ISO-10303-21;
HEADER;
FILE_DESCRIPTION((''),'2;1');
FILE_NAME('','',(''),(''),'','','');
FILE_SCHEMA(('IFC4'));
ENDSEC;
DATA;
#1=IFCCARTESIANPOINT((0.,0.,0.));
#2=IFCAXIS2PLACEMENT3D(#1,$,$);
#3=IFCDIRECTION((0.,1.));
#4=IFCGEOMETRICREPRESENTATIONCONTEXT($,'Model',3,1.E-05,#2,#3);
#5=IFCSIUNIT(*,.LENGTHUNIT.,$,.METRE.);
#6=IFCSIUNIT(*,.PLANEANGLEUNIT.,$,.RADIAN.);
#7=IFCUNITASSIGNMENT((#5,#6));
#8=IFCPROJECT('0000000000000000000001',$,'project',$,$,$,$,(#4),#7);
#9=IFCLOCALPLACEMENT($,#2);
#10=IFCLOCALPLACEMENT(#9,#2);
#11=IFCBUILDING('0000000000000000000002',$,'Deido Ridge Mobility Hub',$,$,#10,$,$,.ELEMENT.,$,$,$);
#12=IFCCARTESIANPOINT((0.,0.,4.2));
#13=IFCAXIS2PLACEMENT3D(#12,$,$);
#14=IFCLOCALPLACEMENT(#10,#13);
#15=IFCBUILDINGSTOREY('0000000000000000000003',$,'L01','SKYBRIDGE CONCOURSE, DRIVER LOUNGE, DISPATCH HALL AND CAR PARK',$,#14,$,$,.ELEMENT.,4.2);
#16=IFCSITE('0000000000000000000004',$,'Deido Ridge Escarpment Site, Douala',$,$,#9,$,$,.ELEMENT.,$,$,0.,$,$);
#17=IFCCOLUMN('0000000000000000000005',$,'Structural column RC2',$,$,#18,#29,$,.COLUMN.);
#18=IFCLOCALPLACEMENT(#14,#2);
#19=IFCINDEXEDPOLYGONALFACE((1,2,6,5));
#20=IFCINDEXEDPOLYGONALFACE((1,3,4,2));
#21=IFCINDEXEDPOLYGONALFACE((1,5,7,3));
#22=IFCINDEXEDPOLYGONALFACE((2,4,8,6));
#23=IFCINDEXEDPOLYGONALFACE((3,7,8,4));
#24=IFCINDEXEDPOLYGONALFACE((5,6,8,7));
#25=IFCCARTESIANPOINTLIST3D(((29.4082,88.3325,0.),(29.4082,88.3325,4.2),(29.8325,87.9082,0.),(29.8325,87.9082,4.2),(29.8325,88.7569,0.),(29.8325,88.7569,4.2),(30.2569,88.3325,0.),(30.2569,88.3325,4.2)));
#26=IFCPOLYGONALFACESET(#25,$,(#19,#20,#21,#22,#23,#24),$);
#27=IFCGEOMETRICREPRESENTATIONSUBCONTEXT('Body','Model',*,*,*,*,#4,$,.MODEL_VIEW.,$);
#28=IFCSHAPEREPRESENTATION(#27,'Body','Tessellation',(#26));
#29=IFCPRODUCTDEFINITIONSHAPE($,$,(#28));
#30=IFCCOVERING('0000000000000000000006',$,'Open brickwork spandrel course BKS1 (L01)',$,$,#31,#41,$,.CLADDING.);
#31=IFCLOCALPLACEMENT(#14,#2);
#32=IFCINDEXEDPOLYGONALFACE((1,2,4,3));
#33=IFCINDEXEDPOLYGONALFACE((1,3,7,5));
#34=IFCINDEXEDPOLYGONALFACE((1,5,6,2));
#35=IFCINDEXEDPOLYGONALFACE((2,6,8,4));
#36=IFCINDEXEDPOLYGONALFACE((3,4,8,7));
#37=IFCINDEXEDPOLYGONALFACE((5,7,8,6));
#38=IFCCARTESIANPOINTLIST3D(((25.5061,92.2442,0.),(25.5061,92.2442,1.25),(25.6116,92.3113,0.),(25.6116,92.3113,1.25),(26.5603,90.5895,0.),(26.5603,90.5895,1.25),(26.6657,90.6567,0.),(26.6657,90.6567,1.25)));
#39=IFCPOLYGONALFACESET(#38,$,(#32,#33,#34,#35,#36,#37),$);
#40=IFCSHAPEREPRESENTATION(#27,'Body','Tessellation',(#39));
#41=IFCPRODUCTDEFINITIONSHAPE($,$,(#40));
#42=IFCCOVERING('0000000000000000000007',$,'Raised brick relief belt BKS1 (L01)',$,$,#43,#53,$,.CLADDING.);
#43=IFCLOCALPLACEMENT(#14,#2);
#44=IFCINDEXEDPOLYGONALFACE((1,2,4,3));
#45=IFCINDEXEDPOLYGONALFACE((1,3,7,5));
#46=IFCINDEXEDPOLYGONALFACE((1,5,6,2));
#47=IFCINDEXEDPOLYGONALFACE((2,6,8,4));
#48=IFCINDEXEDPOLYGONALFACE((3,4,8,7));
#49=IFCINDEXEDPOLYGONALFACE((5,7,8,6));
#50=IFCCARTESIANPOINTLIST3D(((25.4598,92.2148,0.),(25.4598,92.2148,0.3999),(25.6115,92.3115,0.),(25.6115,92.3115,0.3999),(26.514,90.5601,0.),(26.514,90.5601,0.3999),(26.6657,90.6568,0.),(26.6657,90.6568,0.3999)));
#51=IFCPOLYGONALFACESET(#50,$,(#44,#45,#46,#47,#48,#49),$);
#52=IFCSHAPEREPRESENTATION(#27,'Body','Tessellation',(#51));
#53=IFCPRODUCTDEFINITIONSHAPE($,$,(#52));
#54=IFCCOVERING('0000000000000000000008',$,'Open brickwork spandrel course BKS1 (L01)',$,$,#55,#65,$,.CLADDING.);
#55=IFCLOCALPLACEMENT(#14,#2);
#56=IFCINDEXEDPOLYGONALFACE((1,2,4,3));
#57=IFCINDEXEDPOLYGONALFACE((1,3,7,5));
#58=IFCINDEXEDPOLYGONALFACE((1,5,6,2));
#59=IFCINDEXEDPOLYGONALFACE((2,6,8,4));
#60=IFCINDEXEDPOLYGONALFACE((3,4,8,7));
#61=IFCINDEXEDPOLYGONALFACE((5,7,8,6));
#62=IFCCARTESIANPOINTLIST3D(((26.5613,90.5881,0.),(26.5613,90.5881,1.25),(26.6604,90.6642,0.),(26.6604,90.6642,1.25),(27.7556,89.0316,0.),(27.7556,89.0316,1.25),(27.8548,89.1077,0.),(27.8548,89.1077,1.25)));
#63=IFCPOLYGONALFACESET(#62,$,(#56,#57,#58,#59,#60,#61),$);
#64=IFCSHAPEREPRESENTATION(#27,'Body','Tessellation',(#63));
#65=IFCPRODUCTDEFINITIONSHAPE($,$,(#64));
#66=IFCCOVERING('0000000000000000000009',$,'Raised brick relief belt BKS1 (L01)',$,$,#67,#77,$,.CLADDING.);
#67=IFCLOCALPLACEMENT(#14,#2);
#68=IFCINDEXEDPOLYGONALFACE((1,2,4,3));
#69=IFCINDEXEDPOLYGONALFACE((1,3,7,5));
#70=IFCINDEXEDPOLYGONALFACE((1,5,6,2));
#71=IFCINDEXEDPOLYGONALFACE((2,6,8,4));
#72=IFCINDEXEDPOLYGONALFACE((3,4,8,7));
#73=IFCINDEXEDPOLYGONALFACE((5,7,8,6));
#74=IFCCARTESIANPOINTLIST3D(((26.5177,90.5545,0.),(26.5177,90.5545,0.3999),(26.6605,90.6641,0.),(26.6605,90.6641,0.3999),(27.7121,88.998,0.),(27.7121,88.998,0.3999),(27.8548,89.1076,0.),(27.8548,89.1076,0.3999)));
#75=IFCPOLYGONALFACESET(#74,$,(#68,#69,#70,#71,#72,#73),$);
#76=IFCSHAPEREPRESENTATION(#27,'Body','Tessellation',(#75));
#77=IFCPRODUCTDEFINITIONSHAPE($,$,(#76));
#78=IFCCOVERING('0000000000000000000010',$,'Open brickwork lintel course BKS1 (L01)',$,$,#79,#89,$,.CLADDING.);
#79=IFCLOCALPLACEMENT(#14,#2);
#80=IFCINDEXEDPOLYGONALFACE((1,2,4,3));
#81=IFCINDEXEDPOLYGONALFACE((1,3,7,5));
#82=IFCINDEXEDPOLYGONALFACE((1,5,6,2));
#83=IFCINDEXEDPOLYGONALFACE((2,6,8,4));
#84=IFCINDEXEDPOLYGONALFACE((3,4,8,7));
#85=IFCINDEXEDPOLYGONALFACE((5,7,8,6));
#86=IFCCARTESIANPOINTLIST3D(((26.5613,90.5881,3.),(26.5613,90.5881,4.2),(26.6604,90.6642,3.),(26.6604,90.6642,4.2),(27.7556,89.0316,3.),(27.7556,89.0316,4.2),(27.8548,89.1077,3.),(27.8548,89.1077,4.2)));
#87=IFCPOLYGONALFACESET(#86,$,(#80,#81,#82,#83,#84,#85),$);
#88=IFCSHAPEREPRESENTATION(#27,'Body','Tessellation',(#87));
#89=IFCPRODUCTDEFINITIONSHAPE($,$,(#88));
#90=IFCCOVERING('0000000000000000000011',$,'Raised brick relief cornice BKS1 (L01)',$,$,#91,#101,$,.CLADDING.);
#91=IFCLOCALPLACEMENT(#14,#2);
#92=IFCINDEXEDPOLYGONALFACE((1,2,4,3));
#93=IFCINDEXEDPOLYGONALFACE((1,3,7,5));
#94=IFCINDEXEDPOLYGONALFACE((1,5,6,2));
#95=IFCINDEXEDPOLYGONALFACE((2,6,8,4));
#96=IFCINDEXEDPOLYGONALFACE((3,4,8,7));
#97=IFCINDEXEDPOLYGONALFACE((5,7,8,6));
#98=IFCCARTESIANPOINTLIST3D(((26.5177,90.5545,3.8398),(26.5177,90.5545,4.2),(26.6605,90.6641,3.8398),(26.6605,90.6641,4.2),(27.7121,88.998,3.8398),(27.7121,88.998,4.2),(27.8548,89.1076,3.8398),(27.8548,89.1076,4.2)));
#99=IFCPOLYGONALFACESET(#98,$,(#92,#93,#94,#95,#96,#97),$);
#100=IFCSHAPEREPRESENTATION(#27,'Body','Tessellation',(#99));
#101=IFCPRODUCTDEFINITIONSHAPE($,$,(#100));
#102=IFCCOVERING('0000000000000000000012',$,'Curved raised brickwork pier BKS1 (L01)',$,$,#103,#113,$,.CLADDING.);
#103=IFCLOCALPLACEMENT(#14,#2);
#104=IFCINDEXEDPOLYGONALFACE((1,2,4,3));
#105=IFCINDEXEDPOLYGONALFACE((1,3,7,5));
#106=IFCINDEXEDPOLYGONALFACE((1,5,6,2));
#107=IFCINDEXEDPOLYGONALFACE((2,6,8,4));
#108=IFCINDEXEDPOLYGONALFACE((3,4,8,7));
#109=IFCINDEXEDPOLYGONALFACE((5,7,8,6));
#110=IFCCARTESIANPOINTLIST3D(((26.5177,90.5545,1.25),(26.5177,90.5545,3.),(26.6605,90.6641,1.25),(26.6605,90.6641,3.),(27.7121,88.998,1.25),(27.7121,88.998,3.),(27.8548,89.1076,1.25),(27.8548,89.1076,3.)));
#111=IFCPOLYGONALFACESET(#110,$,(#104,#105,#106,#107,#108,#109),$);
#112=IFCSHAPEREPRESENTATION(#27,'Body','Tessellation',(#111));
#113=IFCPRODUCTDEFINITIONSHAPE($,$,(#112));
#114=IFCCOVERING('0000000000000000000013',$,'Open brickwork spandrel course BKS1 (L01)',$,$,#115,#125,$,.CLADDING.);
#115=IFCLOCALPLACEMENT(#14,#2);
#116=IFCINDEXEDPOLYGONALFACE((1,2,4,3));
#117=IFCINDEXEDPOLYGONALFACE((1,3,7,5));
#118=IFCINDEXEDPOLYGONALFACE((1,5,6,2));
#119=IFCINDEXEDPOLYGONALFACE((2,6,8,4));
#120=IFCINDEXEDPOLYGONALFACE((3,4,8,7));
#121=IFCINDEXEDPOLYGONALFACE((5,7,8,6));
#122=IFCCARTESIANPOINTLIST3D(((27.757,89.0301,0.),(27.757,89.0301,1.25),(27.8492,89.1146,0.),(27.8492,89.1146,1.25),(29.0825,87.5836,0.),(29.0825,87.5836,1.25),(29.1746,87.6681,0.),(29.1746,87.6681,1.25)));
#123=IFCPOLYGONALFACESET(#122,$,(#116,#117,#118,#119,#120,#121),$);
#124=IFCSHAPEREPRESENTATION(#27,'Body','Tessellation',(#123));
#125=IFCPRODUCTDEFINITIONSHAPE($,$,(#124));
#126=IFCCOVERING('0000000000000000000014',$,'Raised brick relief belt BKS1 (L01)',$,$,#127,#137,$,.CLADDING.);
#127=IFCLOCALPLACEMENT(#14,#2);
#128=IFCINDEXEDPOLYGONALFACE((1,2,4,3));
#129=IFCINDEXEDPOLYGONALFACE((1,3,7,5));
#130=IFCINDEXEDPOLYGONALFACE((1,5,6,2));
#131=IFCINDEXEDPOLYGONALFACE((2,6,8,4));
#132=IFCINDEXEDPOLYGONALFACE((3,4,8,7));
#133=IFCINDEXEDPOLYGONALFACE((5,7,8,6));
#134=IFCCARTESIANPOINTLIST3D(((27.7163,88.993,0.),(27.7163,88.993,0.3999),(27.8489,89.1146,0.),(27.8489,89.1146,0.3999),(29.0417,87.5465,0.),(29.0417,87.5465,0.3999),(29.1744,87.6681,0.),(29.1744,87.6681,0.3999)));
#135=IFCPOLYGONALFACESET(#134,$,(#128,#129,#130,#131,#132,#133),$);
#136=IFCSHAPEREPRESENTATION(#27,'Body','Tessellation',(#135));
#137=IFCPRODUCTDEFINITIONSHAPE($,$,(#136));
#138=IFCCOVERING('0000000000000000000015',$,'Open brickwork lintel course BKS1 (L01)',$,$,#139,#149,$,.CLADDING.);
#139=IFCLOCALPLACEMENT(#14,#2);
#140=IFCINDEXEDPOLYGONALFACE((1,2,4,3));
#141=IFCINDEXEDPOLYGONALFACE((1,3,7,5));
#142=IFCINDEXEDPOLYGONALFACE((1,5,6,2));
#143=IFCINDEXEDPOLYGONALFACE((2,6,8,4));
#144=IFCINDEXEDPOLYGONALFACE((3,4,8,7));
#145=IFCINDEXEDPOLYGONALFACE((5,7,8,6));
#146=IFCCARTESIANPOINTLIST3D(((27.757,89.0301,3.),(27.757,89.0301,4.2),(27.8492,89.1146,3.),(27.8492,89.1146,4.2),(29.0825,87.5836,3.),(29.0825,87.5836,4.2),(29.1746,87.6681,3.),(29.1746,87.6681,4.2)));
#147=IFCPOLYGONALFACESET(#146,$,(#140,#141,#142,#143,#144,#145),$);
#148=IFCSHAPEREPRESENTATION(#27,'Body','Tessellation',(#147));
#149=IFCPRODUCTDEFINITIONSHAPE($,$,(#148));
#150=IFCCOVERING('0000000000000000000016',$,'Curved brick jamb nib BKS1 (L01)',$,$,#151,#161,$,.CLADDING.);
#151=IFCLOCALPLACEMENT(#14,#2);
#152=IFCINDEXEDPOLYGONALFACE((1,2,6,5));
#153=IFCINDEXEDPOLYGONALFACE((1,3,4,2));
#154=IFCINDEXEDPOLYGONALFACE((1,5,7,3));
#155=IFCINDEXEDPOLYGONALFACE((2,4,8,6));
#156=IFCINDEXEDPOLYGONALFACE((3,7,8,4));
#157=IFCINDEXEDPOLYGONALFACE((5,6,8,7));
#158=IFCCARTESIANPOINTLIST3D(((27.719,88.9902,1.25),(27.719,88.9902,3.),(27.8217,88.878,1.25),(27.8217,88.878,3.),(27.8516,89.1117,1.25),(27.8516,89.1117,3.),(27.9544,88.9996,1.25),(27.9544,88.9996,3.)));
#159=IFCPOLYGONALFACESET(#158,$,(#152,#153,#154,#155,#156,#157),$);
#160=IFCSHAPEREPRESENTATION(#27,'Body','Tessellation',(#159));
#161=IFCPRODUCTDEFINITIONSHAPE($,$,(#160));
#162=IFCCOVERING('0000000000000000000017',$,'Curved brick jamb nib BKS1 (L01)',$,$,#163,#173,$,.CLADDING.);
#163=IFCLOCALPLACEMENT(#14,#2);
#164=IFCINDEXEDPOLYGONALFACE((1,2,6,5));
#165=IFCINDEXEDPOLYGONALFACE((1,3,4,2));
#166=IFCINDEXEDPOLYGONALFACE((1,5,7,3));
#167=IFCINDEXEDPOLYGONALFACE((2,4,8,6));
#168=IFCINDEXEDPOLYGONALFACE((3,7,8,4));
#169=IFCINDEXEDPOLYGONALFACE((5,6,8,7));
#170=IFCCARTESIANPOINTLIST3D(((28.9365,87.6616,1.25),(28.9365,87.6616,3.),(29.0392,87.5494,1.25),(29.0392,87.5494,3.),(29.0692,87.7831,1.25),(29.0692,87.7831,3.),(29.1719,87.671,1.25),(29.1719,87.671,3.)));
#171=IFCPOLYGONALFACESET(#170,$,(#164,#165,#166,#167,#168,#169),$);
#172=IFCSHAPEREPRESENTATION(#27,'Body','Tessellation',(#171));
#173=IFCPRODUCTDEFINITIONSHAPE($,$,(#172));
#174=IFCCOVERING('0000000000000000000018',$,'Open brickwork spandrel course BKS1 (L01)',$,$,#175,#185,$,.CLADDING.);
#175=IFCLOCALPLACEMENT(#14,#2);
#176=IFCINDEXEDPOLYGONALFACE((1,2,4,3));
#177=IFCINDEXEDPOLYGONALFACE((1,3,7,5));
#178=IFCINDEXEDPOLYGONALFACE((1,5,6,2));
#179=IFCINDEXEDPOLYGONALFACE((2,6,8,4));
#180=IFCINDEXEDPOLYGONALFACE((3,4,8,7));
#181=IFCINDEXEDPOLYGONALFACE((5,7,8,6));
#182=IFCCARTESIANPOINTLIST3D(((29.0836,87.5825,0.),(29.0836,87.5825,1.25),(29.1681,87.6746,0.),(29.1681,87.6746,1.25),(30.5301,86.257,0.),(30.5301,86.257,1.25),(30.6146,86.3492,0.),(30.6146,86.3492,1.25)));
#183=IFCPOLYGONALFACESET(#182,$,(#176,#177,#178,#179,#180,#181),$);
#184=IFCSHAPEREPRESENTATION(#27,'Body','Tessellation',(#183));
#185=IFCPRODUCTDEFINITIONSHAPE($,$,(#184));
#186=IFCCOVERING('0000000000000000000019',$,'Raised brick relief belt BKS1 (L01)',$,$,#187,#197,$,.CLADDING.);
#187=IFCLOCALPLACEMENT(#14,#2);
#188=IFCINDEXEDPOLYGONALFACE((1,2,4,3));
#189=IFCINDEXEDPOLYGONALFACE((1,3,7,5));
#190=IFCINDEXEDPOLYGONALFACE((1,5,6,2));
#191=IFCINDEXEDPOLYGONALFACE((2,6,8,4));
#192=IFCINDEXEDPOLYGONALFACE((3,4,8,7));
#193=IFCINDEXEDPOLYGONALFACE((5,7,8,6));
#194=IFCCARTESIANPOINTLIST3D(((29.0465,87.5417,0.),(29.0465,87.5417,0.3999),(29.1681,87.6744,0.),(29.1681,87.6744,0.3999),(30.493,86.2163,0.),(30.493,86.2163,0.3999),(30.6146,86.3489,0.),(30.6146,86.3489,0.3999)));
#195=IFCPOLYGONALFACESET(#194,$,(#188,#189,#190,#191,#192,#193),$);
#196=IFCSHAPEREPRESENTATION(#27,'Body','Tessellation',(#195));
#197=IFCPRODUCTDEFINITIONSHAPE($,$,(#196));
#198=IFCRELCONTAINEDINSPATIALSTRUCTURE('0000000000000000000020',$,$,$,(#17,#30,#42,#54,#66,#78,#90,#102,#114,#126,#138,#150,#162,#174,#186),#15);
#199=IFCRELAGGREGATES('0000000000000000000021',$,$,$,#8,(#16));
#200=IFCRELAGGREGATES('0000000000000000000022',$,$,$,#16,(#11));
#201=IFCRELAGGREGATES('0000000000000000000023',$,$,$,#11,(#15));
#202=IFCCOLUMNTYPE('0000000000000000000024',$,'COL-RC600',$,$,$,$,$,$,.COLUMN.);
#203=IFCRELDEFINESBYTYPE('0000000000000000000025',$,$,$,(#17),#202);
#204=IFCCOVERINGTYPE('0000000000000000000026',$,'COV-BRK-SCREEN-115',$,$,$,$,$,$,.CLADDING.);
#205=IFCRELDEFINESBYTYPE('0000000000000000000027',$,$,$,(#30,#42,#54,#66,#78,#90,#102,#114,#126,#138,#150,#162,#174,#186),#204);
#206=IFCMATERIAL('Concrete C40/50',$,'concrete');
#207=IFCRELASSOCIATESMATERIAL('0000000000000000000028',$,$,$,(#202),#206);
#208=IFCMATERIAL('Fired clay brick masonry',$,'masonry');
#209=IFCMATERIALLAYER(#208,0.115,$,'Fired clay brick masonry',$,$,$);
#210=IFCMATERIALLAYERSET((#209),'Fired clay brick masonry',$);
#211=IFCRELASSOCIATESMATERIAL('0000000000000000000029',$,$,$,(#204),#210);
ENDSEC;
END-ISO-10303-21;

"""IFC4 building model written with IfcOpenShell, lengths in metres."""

from ifc_helpers import new_model, si_unit, direction, frame, origin, origin_2d, place, context, subcontext, project, spatial, rectangle, extrude, material, layer, layer_set, material_profile, profile_set, type_object, element, save


model = new_model("IFC4")

# Units and contexts
model_context = context("Model", 3, precision=1e-05, world=origin(), true_north=direction((0.0, 1.0)))
body_context = subcontext(model_context, "Body", "Model", "MODEL_VIEW")
ifc_project = project(units=[si_unit("LENGTHUNIT", "METRE"), si_unit("PLANEANGLEUNIT", "RADIAN")], contexts=[model_context])

# Site, building, storey
site_placement = place(None, origin())
site = spatial("IfcSite", under=ifc_project, at=site_placement, Name="Deido Ridge Escarpment Site, Douala", CompositionType="ELEMENT", RefElevation=0.0)
building_placement = place(site_placement, origin())
building = spatial("IfcBuilding", under=site, at=building_placement, Name="Deido Ridge Mobility Hub", CompositionType="ELEMENT")
storey_placement = place(building_placement, frame((0.0, 0.0, 4.2)))
storey = spatial("IfcBuildingStorey", under=building, at=storey_placement, Name="L01", Description="SKYBRIDGE CONCOURSE, DRIVER LOUNGE, DISPATCH HALL AND CAR PARK", CompositionType="ELEMENT", Elevation=4.2)

# Column
ifc_material_1 = material(Name="Concrete C40/50", Category="concrete")
ifc_material_profile = material_profile(ifc_material_1, rectangle(XDim=0.6001, YDim=0.6001, at=origin_2d()), Name="RC COL 600x600")
ifc_profile_set = profile_set([ifc_material_profile], Name="Concrete C40/50")
column_type = type_object("IfcColumnType", Name="COL-RC600", PredefinedType="COLUMN", material=ifc_profile_set)
column_placement = place(storey_placement, frame((29.8325, 88.3325, 0.0), z_axis=(0.0, 0.0, 1.0), x_axis=(-0.707107, -0.707107, 0.0)))
element("IfcColumn", 1, at=column_placement, inside=storey, type_object=column_type, Name="Structural column RC2", PredefinedType="COLUMN", context=body_context, shape_type="SweptSolid", body=[
    extrude(rectangle(XDim=0.6001, YDim=0.6001, at=origin_2d()), origin(), (0.0, 0.0, 1.0), 4.2),
])

# Coverings
ifc_material_2 = material(Name="Fired clay brick masonry", Category="masonry")
ifc_layer = layer(ifc_material_2, 0.115, Name="Fired clay brick masonry")
ifc_layer_set = layer_set([ifc_layer], Name="Fired clay brick masonry")
covering_type = type_object("IfcCoveringType", Name="COV-BRK-SCREEN-115", PredefinedType="CLADDING", material=ifc_layer_set)
covering_1_placement = place(storey_placement, frame((26.0859, 91.4504, 0.0), z_axis=(0.0, 0.0, 1.0), x_axis=(0.537314, -0.843382, 0.0)))
element("IfcCovering", 2, at=covering_1_placement, inside=storey, type_object=covering_type, Name="Open brickwork spandrel course BKS1 (L01)", PredefinedType="CLADDING", context=body_context, shape_type="SweptSolid", body=[
    extrude(rectangle(XDim=1.9619, YDim=0.125, at=origin_2d()), origin(), (0.0, 0.0, 1.0), 1.25),
])
covering_2_placement = place(storey_placement, frame((26.0627, 91.4358, 0.0), z_axis=(0.0, 0.0, 1.0), x_axis=(0.537314, -0.843382, 0.0)))
element("IfcCovering", 3, at=covering_2_placement, inside=storey, type_object=covering_type, Name="Raised brick relief belt BKS1 (L01)", PredefinedType="CLADDING", context=body_context, shape_type="SweptSolid", body=[
    extrude(rectangle(XDim=1.9619, YDim=0.1799, at=origin_2d()), origin(), (0.0, 0.0, 1.0), 0.3999),
])
covering_3_placement = place(storey_placement, frame((27.208, 89.8479, 0.0), z_axis=(0.0, 0.0, 1.0), x_axis=(0.608761, -0.793353, 0.0)))
element("IfcCovering", 4, at=covering_3_placement, inside=storey, type_object=covering_type, Name="Open brickwork spandrel course BKS1 (L01)", PredefinedType="CLADDING", context=body_context, shape_type="SweptSolid", body=[
    extrude(rectangle(XDim=1.9619, YDim=0.125, at=origin_2d()), origin(), (0.0, 0.0, 1.0), 1.25),
])
covering_4_placement = place(storey_placement, frame((27.1863, 89.8311, 0.0), z_axis=(0.0, 0.0, 1.0), x_axis=(0.608761, -0.793353, 0.0)))
element("IfcCovering", 5, at=covering_4_placement, inside=storey, type_object=covering_type, Name="Raised brick relief belt BKS1 (L01)", PredefinedType="CLADDING", context=body_context, shape_type="SweptSolid", body=[
    extrude(rectangle(XDim=1.9619, YDim=0.1799, at=origin_2d()), origin(), (0.0, 0.0, 1.0), 0.3999),
])
covering_5_placement = place(storey_placement, frame((27.208, 89.8479, 3.0), z_axis=(0.0, 0.0, 1.0), x_axis=(0.608761, -0.793353, 0.0)))
element("IfcCovering", 6, at=covering_5_placement, inside=storey, type_object=covering_type, Name="Open brickwork lintel course BKS1 (L01)", PredefinedType="CLADDING", context=body_context, shape_type="SweptSolid", body=[
    extrude(rectangle(XDim=1.9619, YDim=0.125, at=origin_2d()), origin(), (0.0, 0.0, 1.0), 1.2),
])
covering_6_placement = place(storey_placement, frame((27.1863, 89.8311, 3.8398), z_axis=(0.0, 0.0, 1.0), x_axis=(0.608761, -0.793353, 0.0)))
element("IfcCovering", 7, at=covering_6_placement, inside=storey, type_object=covering_type, Name="Raised brick relief cornice BKS1 (L01)", PredefinedType="CLADDING", context=body_context, shape_type="SweptSolid", body=[
    extrude(rectangle(XDim=1.9619, YDim=0.1799, at=origin_2d()), origin(), (0.0, 0.0, 1.0), 0.3601),
])
covering_7_placement = place(storey_placement, frame((27.1863, 89.8311, 1.25), z_axis=(0.0, 0.0, 1.0), x_axis=(0.608761, -0.793353, 0.0)))
element("IfcCovering", 8, at=covering_7_placement, inside=storey, type_object=covering_type, Name="Curved raised brickwork pier BKS1 (L01)", PredefinedType="CLADDING", context=body_context, shape_type="SweptSolid", body=[
    extrude(rectangle(XDim=1.9619, YDim=0.1799, at=origin_2d()), origin(), (0.0, 0.0, 1.0), 1.75),
])
covering_8_placement = place(storey_placement, frame((28.4658, 88.3491, 0.0), z_axis=(0.0, 0.0, 1.0), x_axis=(0.675577, -0.737289, 0.0)))
element("IfcCovering", 9, at=covering_8_placement, inside=storey, type_object=covering_type, Name="Open brickwork spandrel course BKS1 (L01)", PredefinedType="CLADDING", context=body_context, shape_type="SweptSolid", body=[
    extrude(rectangle(XDim=1.9619, YDim=0.125, at=origin_2d()), origin(), (0.0, 0.0, 1.0), 1.25),
])
covering_9_placement = place(storey_placement, frame((28.4453, 88.3306, 0.0), z_axis=(0.0, 0.0, 1.0), x_axis=(0.675577, -0.737289, 0.0)))
element("IfcCovering", 10, at=covering_9_placement, inside=storey, type_object=covering_type, Name="Raised brick relief belt BKS1 (L01)", PredefinedType="CLADDING", context=body_context, shape_type="SweptSolid", body=[
    extrude(rectangle(XDim=1.9619, YDim=0.1799, at=origin_2d()), origin(), (0.0, 0.0, 1.0), 0.3999),
])
covering_10_placement = place(storey_placement, frame((28.4658, 88.3491, 3.0), z_axis=(0.0, 0.0, 1.0), x_axis=(0.675577, -0.737289, 0.0)))
element("IfcCovering", 11, at=covering_10_placement, inside=storey, type_object=covering_type, Name="Open brickwork lintel course BKS1 (L01)", PredefinedType="CLADDING", context=body_context, shape_type="SweptSolid", body=[
    extrude(rectangle(XDim=1.9619, YDim=0.125, at=origin_2d()), origin(), (0.0, 0.0, 1.0), 1.2),
])
for number, where, z_axis, x_axis, name in (
    (12, (27.8367, 88.9949, 1.25), (0.0, 0.0, 1.0), (0.675577, -0.737289, 0.0), "Curved brick jamb nib BKS1 (L01)"),
    (13, (29.0542, 87.6663, 1.25), (0.0, 0.0, 1.0), (0.675577, -0.737289, 0.0), "Curved brick jamb nib BKS1 (L01)"),
):
    element("IfcCovering", number, at=place(storey_placement, frame(where, z_axis=z_axis, x_axis=x_axis)), inside=storey, type_object=covering_type, Name=name, PredefinedType="CLADDING", context=body_context, shape_type="SweptSolid", body=[
        extrude(rectangle(XDim=0.1521, YDim=0.1799, at=origin_2d()), origin(), (0.0, 0.0, 1.0), 1.75),
    ])
covering_11_placement = place(storey_placement, frame((29.8491, 86.9658, 0.0), z_axis=(0.0, 0.0, 1.0), x_axis=(0.737289, -0.675577, 0.0)))
element("IfcCovering", 14, at=covering_11_placement, inside=storey, type_object=covering_type, Name="Open brickwork spandrel course BKS1 (L01)", PredefinedType="CLADDING", context=body_context, shape_type="SweptSolid", body=[
    extrude(rectangle(XDim=1.9619, YDim=0.125, at=origin_2d()), origin(), (0.0, 0.0, 1.0), 1.25),
])
covering_12_placement = place(storey_placement, frame((29.8306, 86.9453, 0.0), z_axis=(0.0, 0.0, 1.0), x_axis=(0.737289, -0.675577, 0.0)))
element("IfcCovering", 15, at=covering_12_placement, inside=storey, type_object=covering_type, Name="Raised brick relief belt BKS1 (L01)", PredefinedType="CLADDING", context=body_context, shape_type="SweptSolid", body=[
    extrude(rectangle(XDim=1.9619, YDim=0.1799, at=origin_2d()), origin(), (0.0, 0.0, 1.0), 0.3999),
])

save(model, "model.ifc")
